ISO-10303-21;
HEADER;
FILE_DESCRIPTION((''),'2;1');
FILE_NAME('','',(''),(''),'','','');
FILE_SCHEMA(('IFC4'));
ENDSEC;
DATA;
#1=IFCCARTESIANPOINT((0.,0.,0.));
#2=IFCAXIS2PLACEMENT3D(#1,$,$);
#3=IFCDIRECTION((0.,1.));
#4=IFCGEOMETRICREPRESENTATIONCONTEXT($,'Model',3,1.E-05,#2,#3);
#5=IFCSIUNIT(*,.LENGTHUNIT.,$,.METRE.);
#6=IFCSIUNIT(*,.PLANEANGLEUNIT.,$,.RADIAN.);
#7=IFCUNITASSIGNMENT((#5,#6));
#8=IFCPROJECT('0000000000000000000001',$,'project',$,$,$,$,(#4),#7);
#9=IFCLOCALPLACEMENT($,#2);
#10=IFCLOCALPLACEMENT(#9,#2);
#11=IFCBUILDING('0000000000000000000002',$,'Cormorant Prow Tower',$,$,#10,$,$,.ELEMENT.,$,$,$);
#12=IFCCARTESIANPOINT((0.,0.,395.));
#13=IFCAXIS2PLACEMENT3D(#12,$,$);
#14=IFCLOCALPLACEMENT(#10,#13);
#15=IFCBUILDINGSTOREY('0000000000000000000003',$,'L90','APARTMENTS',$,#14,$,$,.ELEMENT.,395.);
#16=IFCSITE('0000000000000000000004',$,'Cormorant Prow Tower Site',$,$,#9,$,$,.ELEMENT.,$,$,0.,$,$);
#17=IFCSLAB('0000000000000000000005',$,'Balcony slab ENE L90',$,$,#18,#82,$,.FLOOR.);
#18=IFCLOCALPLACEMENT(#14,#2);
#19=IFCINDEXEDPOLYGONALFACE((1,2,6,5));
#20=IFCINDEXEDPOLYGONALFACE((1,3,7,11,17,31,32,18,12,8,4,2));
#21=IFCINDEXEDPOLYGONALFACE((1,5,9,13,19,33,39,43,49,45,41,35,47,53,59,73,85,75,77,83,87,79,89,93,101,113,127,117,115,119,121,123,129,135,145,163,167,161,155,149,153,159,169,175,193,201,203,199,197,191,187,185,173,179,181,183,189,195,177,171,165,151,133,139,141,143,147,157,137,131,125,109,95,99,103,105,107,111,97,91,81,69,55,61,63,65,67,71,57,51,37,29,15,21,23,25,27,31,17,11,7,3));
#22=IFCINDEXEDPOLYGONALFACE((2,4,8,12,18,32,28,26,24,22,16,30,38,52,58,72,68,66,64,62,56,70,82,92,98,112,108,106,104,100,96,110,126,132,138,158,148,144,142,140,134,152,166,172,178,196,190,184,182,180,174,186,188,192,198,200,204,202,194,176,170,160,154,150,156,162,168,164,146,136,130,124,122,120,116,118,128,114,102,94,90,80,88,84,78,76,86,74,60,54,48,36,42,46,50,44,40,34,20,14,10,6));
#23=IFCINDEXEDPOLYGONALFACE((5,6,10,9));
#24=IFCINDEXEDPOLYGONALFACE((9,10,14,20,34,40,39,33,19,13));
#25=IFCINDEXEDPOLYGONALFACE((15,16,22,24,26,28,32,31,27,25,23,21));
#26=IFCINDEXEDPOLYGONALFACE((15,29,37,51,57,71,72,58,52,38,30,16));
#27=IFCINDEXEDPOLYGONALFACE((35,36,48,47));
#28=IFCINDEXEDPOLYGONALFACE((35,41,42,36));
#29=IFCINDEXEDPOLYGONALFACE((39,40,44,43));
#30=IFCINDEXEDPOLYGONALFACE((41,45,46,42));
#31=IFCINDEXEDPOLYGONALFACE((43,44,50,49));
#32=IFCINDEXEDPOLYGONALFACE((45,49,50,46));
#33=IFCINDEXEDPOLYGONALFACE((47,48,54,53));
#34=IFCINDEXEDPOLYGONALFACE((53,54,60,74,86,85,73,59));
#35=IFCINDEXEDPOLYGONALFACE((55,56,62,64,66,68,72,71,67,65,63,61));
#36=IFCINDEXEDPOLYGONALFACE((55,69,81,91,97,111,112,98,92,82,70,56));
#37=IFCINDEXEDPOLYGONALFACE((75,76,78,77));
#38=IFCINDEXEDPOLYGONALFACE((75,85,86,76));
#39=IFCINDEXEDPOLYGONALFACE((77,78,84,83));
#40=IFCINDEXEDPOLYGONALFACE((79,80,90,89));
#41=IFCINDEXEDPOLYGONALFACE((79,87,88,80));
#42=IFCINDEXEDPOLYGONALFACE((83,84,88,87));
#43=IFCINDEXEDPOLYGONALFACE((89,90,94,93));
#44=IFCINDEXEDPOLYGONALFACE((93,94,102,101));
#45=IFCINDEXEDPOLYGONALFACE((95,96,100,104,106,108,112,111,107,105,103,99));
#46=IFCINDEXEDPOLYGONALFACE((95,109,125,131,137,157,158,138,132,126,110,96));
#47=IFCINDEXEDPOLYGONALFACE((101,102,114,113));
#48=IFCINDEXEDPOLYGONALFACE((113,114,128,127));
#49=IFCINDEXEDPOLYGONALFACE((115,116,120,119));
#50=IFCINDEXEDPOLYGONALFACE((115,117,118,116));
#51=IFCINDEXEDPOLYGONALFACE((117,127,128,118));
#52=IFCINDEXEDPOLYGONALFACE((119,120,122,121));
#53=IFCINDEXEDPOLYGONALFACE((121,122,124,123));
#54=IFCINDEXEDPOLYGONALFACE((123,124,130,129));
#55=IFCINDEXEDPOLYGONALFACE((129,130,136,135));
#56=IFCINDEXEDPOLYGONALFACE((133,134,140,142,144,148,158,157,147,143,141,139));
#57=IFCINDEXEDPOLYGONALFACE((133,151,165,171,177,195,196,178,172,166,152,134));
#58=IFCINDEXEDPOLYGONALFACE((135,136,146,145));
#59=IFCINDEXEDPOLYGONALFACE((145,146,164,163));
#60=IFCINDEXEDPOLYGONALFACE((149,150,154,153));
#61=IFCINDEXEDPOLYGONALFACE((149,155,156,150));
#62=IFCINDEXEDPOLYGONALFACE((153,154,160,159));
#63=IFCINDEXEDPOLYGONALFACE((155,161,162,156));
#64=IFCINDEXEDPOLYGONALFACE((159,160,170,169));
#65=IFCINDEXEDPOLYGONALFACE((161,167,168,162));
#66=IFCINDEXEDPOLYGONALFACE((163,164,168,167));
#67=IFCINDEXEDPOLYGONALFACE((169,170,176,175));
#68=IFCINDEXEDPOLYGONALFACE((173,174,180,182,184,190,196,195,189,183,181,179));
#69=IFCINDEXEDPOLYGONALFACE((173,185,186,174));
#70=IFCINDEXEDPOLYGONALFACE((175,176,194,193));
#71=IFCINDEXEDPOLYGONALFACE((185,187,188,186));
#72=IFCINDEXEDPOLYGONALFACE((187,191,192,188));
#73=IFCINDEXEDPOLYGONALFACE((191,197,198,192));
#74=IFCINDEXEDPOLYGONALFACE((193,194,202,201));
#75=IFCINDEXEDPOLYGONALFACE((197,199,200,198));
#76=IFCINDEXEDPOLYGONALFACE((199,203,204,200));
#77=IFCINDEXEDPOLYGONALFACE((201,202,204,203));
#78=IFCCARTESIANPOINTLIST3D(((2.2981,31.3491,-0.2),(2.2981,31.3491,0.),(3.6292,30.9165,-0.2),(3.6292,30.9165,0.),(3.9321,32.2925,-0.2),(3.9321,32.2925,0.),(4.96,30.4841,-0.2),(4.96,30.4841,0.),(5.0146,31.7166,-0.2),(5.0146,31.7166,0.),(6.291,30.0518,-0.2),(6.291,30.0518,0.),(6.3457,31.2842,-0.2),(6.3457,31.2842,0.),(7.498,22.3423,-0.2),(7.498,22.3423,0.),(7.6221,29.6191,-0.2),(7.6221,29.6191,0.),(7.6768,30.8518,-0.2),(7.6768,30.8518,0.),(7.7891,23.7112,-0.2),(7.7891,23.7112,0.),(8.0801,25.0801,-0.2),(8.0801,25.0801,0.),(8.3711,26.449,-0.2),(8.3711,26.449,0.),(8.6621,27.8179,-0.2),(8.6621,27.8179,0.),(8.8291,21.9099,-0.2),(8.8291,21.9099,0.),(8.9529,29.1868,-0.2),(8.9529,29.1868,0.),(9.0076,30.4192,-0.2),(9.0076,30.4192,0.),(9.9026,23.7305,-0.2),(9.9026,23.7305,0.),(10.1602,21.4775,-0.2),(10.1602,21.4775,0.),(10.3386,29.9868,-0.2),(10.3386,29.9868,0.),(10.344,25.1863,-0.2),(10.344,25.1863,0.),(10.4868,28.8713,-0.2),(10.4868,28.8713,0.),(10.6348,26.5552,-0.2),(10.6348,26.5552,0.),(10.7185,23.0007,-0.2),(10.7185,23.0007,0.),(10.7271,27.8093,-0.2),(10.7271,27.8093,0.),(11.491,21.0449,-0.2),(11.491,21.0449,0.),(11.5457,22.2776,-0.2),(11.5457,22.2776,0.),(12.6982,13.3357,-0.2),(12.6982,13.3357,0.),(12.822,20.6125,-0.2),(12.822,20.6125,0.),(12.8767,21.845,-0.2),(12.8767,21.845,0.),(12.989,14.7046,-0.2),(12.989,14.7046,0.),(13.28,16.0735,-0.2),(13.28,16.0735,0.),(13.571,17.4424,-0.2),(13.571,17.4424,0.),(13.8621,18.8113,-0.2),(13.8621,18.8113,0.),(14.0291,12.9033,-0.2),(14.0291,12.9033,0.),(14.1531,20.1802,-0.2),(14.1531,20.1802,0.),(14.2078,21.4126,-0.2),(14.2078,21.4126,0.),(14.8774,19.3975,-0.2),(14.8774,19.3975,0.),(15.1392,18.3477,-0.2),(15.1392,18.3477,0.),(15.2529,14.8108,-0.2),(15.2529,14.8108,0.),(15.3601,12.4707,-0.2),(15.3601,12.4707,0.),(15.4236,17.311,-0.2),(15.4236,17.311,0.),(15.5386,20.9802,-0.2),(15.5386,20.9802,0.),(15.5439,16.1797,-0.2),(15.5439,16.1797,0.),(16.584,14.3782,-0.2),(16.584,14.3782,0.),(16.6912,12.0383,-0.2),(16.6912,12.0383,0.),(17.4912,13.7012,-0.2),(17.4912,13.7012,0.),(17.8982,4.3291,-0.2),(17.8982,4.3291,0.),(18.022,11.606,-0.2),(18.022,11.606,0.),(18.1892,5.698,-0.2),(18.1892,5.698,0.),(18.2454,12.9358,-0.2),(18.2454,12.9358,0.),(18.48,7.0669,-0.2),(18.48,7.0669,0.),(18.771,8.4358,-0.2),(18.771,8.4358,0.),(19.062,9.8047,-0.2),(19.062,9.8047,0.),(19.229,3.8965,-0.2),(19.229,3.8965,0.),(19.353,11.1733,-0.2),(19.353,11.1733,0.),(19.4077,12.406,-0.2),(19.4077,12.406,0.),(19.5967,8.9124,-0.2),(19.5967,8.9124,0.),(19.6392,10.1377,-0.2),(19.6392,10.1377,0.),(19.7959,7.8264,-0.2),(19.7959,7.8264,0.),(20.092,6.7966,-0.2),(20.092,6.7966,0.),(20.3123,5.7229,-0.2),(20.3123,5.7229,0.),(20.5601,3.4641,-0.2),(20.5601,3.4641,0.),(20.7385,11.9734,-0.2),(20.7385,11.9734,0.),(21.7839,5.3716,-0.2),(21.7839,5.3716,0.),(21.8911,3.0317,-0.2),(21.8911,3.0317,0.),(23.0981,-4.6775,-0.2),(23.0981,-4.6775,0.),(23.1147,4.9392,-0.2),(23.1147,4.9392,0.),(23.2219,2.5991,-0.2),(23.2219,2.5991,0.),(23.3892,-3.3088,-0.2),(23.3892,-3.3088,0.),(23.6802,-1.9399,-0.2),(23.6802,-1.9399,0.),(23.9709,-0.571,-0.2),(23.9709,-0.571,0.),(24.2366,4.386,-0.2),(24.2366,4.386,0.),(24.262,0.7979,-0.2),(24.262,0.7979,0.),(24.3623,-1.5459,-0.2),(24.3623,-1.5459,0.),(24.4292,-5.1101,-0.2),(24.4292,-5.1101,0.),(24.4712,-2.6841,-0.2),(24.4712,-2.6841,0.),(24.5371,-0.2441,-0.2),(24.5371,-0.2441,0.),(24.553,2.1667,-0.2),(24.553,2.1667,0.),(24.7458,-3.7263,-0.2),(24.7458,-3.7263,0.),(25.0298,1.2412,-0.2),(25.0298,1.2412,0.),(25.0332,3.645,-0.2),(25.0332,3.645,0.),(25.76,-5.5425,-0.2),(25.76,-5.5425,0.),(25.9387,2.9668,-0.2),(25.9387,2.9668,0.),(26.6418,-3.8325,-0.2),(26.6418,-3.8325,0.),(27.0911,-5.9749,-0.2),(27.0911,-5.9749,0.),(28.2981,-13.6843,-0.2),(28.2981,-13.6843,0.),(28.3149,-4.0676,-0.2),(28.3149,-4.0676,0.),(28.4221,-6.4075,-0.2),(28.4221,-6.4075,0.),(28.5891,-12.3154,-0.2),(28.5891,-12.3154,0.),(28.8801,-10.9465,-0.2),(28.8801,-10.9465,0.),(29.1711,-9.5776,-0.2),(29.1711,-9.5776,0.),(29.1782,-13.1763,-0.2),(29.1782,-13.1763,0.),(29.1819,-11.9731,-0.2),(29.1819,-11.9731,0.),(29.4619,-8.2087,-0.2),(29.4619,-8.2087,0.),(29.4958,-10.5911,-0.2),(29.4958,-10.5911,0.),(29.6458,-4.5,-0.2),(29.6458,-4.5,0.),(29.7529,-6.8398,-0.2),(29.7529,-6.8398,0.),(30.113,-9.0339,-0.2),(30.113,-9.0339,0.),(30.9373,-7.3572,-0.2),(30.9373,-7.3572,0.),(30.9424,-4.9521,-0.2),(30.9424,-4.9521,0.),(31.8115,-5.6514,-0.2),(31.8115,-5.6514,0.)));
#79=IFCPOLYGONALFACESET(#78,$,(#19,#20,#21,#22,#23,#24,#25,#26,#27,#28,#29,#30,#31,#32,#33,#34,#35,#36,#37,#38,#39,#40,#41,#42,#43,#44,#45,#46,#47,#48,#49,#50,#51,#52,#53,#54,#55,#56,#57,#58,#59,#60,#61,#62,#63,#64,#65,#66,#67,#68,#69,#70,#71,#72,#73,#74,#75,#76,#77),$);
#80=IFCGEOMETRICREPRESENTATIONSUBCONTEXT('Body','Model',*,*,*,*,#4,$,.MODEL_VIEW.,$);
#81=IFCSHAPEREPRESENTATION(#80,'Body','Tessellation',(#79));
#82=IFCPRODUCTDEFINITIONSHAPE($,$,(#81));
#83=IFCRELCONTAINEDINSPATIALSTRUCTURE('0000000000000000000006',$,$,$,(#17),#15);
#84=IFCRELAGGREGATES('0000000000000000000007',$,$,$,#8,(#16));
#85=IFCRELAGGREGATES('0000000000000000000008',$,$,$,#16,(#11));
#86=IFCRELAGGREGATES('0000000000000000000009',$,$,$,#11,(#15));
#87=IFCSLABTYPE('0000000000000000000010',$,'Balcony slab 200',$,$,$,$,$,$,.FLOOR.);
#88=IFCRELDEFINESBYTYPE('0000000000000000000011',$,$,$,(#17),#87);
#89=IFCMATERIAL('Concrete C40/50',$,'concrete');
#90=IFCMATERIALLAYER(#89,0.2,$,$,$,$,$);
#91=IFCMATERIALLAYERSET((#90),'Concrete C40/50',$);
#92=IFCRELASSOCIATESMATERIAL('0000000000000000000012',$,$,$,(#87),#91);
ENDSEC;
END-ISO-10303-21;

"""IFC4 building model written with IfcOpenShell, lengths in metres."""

from ifc_helpers import new_model, si_unit, direction, frame, origin, place, context, subcontext, project, spatial, polyline, outline, extrude, material, layer, layer_set, type_object, element, save


model = new_model("IFC4")

# Units and contexts
model_context = context("Model", 3, precision=1e-05, world=origin(), true_north=direction((0.0, 1.0)))
body_context = subcontext(model_context, "Body", "Model", "MODEL_VIEW")
ifc_project = project(units=[si_unit("LENGTHUNIT", "METRE"), si_unit("PLANEANGLEUNIT", "RADIAN")], contexts=[model_context])

# Site, building, storey
site_placement = place(None, origin())
site = spatial("IfcSite", under=ifc_project, at=site_placement, Name="Cormorant Prow Tower Site", CompositionType="ELEMENT", RefElevation=0.0)
building_placement = place(site_placement, origin())
building = spatial("IfcBuilding", under=site, at=building_placement, Name="Cormorant Prow Tower", CompositionType="ELEMENT")
storey_placement = place(building_placement, frame((0.0, 0.0, 395.0)))
storey = spatial("IfcBuildingStorey", under=building, at=storey_placement, Name="L90", Description="APARTMENTS", CompositionType="ELEMENT", Elevation=395.0)

# Slab
ifc_material_1 = material(Name="Concrete C40/50", Category="concrete")
ifc_layer_1 = layer(ifc_material_1, 0.2)
ifc_layer_set_1 = layer_set([ifc_layer_1], Name="Concrete C40/50")
slab_type_1 = type_object("IfcSlabType", Name="Balcony slab 200", PredefinedType="FLOOR", material=ifc_layer_set_1)
slab_1_placement = place(storey_placement, frame((0.0, 0.0, -0.2)))
element("IfcSlab", 1, at=slab_1_placement, inside=storey, type_object=slab_type_1, Name="Balcony slab ENE L90", PredefinedType="FLOOR", context=body_context, shape_type="SweptSolid", body=[
    extrude(outline(polyline([(28.2981, -13.6843), (29.1782, -13.1763), (29.1819, -11.9731), (29.4958, -10.5911), (30.113, -9.0339), (30.9373, -7.3572), (31.8115, -5.6514), (30.9424, -4.9521), (29.6458, -4.5), (28.3149, -4.0676), (26.6418, -3.8325), (24.7458, -3.7263), (24.4712, -2.6841), (24.3623, -1.5459), (24.5371, -0.2441), (25.0298, 1.2412), (25.9387, 2.9668), (25.0332, 3.645), (24.2366, 4.386), (23.1147, 4.9392), (21.7839, 5.3716), (20.3123, 5.7229), (20.092, 6.7966), (19.7959, 7.8264), (19.5967, 8.9124), (19.6392, 10.1377), (20.7385, 11.9734), (19.4077, 12.406), (18.2454, 12.9358), (17.4912, 13.7012), (16.584, 14.3782), (15.2529, 14.8108), (15.5439, 16.1797), (15.4236, 17.311), (15.1392, 18.3477), (14.8774, 19.3975), (15.5386, 20.9802), (14.2078, 21.4126), (12.8767, 21.845), (11.5457, 22.2776), (10.7185, 23.0007), (9.9026, 23.7305), (10.344, 25.1863), (10.6348, 26.5552), (10.7271, 27.8093), (10.4868, 28.8713), (10.3386, 29.9868), (9.0076, 30.4192), (7.6768, 30.8518), (6.3457, 31.2842), (5.0146, 31.7166), (3.9321, 32.2925), (2.2981, 31.3491), (3.6292, 30.9165), (4.96, 30.4841), (6.291, 30.0518), (7.6221, 29.6191), (8.9529, 29.1868), (8.6621, 27.8179), (8.3711, 26.449), (8.0801, 25.0801), (7.7891, 23.7112), (7.498, 22.3423), (8.8291, 21.9099), (10.1602, 21.4775), (11.491, 21.0449), (12.822, 20.6125), (14.1531, 20.1802), (13.8621, 18.8113), (13.571, 17.4424), (13.28, 16.0735), (12.989, 14.7046), (12.6982, 13.3357), (14.0291, 12.9033), (15.3601, 12.4707), (16.6912, 12.0383), (18.022, 11.606), (19.353, 11.1733), (19.062, 9.8047), (18.771, 8.4358), (18.48, 7.0669), (18.1892, 5.698), (17.8982, 4.3291), (19.229, 3.8965), (20.5601, 3.4641), (21.8911, 3.0317), (23.2219, 2.5991), (24.553, 2.1667), (24.262, 0.7979), (23.9709, -0.571), (23.6802, -1.9399), (23.3892, -3.3088), (23.0981, -4.6775), (24.4292, -5.1101), (25.76, -5.5425), (27.0911, -5.9749), (28.4221, -6.4075), (29.7529, -6.8398), (29.4619, -8.2087), (29.1711, -9.5776), (28.8801, -10.9465), (28.5891, -12.3154), (28.2981, -13.6843)])), origin(), (0.0, 0.0, 1.0), 0.2),
])

save(model, "model.ifc")
